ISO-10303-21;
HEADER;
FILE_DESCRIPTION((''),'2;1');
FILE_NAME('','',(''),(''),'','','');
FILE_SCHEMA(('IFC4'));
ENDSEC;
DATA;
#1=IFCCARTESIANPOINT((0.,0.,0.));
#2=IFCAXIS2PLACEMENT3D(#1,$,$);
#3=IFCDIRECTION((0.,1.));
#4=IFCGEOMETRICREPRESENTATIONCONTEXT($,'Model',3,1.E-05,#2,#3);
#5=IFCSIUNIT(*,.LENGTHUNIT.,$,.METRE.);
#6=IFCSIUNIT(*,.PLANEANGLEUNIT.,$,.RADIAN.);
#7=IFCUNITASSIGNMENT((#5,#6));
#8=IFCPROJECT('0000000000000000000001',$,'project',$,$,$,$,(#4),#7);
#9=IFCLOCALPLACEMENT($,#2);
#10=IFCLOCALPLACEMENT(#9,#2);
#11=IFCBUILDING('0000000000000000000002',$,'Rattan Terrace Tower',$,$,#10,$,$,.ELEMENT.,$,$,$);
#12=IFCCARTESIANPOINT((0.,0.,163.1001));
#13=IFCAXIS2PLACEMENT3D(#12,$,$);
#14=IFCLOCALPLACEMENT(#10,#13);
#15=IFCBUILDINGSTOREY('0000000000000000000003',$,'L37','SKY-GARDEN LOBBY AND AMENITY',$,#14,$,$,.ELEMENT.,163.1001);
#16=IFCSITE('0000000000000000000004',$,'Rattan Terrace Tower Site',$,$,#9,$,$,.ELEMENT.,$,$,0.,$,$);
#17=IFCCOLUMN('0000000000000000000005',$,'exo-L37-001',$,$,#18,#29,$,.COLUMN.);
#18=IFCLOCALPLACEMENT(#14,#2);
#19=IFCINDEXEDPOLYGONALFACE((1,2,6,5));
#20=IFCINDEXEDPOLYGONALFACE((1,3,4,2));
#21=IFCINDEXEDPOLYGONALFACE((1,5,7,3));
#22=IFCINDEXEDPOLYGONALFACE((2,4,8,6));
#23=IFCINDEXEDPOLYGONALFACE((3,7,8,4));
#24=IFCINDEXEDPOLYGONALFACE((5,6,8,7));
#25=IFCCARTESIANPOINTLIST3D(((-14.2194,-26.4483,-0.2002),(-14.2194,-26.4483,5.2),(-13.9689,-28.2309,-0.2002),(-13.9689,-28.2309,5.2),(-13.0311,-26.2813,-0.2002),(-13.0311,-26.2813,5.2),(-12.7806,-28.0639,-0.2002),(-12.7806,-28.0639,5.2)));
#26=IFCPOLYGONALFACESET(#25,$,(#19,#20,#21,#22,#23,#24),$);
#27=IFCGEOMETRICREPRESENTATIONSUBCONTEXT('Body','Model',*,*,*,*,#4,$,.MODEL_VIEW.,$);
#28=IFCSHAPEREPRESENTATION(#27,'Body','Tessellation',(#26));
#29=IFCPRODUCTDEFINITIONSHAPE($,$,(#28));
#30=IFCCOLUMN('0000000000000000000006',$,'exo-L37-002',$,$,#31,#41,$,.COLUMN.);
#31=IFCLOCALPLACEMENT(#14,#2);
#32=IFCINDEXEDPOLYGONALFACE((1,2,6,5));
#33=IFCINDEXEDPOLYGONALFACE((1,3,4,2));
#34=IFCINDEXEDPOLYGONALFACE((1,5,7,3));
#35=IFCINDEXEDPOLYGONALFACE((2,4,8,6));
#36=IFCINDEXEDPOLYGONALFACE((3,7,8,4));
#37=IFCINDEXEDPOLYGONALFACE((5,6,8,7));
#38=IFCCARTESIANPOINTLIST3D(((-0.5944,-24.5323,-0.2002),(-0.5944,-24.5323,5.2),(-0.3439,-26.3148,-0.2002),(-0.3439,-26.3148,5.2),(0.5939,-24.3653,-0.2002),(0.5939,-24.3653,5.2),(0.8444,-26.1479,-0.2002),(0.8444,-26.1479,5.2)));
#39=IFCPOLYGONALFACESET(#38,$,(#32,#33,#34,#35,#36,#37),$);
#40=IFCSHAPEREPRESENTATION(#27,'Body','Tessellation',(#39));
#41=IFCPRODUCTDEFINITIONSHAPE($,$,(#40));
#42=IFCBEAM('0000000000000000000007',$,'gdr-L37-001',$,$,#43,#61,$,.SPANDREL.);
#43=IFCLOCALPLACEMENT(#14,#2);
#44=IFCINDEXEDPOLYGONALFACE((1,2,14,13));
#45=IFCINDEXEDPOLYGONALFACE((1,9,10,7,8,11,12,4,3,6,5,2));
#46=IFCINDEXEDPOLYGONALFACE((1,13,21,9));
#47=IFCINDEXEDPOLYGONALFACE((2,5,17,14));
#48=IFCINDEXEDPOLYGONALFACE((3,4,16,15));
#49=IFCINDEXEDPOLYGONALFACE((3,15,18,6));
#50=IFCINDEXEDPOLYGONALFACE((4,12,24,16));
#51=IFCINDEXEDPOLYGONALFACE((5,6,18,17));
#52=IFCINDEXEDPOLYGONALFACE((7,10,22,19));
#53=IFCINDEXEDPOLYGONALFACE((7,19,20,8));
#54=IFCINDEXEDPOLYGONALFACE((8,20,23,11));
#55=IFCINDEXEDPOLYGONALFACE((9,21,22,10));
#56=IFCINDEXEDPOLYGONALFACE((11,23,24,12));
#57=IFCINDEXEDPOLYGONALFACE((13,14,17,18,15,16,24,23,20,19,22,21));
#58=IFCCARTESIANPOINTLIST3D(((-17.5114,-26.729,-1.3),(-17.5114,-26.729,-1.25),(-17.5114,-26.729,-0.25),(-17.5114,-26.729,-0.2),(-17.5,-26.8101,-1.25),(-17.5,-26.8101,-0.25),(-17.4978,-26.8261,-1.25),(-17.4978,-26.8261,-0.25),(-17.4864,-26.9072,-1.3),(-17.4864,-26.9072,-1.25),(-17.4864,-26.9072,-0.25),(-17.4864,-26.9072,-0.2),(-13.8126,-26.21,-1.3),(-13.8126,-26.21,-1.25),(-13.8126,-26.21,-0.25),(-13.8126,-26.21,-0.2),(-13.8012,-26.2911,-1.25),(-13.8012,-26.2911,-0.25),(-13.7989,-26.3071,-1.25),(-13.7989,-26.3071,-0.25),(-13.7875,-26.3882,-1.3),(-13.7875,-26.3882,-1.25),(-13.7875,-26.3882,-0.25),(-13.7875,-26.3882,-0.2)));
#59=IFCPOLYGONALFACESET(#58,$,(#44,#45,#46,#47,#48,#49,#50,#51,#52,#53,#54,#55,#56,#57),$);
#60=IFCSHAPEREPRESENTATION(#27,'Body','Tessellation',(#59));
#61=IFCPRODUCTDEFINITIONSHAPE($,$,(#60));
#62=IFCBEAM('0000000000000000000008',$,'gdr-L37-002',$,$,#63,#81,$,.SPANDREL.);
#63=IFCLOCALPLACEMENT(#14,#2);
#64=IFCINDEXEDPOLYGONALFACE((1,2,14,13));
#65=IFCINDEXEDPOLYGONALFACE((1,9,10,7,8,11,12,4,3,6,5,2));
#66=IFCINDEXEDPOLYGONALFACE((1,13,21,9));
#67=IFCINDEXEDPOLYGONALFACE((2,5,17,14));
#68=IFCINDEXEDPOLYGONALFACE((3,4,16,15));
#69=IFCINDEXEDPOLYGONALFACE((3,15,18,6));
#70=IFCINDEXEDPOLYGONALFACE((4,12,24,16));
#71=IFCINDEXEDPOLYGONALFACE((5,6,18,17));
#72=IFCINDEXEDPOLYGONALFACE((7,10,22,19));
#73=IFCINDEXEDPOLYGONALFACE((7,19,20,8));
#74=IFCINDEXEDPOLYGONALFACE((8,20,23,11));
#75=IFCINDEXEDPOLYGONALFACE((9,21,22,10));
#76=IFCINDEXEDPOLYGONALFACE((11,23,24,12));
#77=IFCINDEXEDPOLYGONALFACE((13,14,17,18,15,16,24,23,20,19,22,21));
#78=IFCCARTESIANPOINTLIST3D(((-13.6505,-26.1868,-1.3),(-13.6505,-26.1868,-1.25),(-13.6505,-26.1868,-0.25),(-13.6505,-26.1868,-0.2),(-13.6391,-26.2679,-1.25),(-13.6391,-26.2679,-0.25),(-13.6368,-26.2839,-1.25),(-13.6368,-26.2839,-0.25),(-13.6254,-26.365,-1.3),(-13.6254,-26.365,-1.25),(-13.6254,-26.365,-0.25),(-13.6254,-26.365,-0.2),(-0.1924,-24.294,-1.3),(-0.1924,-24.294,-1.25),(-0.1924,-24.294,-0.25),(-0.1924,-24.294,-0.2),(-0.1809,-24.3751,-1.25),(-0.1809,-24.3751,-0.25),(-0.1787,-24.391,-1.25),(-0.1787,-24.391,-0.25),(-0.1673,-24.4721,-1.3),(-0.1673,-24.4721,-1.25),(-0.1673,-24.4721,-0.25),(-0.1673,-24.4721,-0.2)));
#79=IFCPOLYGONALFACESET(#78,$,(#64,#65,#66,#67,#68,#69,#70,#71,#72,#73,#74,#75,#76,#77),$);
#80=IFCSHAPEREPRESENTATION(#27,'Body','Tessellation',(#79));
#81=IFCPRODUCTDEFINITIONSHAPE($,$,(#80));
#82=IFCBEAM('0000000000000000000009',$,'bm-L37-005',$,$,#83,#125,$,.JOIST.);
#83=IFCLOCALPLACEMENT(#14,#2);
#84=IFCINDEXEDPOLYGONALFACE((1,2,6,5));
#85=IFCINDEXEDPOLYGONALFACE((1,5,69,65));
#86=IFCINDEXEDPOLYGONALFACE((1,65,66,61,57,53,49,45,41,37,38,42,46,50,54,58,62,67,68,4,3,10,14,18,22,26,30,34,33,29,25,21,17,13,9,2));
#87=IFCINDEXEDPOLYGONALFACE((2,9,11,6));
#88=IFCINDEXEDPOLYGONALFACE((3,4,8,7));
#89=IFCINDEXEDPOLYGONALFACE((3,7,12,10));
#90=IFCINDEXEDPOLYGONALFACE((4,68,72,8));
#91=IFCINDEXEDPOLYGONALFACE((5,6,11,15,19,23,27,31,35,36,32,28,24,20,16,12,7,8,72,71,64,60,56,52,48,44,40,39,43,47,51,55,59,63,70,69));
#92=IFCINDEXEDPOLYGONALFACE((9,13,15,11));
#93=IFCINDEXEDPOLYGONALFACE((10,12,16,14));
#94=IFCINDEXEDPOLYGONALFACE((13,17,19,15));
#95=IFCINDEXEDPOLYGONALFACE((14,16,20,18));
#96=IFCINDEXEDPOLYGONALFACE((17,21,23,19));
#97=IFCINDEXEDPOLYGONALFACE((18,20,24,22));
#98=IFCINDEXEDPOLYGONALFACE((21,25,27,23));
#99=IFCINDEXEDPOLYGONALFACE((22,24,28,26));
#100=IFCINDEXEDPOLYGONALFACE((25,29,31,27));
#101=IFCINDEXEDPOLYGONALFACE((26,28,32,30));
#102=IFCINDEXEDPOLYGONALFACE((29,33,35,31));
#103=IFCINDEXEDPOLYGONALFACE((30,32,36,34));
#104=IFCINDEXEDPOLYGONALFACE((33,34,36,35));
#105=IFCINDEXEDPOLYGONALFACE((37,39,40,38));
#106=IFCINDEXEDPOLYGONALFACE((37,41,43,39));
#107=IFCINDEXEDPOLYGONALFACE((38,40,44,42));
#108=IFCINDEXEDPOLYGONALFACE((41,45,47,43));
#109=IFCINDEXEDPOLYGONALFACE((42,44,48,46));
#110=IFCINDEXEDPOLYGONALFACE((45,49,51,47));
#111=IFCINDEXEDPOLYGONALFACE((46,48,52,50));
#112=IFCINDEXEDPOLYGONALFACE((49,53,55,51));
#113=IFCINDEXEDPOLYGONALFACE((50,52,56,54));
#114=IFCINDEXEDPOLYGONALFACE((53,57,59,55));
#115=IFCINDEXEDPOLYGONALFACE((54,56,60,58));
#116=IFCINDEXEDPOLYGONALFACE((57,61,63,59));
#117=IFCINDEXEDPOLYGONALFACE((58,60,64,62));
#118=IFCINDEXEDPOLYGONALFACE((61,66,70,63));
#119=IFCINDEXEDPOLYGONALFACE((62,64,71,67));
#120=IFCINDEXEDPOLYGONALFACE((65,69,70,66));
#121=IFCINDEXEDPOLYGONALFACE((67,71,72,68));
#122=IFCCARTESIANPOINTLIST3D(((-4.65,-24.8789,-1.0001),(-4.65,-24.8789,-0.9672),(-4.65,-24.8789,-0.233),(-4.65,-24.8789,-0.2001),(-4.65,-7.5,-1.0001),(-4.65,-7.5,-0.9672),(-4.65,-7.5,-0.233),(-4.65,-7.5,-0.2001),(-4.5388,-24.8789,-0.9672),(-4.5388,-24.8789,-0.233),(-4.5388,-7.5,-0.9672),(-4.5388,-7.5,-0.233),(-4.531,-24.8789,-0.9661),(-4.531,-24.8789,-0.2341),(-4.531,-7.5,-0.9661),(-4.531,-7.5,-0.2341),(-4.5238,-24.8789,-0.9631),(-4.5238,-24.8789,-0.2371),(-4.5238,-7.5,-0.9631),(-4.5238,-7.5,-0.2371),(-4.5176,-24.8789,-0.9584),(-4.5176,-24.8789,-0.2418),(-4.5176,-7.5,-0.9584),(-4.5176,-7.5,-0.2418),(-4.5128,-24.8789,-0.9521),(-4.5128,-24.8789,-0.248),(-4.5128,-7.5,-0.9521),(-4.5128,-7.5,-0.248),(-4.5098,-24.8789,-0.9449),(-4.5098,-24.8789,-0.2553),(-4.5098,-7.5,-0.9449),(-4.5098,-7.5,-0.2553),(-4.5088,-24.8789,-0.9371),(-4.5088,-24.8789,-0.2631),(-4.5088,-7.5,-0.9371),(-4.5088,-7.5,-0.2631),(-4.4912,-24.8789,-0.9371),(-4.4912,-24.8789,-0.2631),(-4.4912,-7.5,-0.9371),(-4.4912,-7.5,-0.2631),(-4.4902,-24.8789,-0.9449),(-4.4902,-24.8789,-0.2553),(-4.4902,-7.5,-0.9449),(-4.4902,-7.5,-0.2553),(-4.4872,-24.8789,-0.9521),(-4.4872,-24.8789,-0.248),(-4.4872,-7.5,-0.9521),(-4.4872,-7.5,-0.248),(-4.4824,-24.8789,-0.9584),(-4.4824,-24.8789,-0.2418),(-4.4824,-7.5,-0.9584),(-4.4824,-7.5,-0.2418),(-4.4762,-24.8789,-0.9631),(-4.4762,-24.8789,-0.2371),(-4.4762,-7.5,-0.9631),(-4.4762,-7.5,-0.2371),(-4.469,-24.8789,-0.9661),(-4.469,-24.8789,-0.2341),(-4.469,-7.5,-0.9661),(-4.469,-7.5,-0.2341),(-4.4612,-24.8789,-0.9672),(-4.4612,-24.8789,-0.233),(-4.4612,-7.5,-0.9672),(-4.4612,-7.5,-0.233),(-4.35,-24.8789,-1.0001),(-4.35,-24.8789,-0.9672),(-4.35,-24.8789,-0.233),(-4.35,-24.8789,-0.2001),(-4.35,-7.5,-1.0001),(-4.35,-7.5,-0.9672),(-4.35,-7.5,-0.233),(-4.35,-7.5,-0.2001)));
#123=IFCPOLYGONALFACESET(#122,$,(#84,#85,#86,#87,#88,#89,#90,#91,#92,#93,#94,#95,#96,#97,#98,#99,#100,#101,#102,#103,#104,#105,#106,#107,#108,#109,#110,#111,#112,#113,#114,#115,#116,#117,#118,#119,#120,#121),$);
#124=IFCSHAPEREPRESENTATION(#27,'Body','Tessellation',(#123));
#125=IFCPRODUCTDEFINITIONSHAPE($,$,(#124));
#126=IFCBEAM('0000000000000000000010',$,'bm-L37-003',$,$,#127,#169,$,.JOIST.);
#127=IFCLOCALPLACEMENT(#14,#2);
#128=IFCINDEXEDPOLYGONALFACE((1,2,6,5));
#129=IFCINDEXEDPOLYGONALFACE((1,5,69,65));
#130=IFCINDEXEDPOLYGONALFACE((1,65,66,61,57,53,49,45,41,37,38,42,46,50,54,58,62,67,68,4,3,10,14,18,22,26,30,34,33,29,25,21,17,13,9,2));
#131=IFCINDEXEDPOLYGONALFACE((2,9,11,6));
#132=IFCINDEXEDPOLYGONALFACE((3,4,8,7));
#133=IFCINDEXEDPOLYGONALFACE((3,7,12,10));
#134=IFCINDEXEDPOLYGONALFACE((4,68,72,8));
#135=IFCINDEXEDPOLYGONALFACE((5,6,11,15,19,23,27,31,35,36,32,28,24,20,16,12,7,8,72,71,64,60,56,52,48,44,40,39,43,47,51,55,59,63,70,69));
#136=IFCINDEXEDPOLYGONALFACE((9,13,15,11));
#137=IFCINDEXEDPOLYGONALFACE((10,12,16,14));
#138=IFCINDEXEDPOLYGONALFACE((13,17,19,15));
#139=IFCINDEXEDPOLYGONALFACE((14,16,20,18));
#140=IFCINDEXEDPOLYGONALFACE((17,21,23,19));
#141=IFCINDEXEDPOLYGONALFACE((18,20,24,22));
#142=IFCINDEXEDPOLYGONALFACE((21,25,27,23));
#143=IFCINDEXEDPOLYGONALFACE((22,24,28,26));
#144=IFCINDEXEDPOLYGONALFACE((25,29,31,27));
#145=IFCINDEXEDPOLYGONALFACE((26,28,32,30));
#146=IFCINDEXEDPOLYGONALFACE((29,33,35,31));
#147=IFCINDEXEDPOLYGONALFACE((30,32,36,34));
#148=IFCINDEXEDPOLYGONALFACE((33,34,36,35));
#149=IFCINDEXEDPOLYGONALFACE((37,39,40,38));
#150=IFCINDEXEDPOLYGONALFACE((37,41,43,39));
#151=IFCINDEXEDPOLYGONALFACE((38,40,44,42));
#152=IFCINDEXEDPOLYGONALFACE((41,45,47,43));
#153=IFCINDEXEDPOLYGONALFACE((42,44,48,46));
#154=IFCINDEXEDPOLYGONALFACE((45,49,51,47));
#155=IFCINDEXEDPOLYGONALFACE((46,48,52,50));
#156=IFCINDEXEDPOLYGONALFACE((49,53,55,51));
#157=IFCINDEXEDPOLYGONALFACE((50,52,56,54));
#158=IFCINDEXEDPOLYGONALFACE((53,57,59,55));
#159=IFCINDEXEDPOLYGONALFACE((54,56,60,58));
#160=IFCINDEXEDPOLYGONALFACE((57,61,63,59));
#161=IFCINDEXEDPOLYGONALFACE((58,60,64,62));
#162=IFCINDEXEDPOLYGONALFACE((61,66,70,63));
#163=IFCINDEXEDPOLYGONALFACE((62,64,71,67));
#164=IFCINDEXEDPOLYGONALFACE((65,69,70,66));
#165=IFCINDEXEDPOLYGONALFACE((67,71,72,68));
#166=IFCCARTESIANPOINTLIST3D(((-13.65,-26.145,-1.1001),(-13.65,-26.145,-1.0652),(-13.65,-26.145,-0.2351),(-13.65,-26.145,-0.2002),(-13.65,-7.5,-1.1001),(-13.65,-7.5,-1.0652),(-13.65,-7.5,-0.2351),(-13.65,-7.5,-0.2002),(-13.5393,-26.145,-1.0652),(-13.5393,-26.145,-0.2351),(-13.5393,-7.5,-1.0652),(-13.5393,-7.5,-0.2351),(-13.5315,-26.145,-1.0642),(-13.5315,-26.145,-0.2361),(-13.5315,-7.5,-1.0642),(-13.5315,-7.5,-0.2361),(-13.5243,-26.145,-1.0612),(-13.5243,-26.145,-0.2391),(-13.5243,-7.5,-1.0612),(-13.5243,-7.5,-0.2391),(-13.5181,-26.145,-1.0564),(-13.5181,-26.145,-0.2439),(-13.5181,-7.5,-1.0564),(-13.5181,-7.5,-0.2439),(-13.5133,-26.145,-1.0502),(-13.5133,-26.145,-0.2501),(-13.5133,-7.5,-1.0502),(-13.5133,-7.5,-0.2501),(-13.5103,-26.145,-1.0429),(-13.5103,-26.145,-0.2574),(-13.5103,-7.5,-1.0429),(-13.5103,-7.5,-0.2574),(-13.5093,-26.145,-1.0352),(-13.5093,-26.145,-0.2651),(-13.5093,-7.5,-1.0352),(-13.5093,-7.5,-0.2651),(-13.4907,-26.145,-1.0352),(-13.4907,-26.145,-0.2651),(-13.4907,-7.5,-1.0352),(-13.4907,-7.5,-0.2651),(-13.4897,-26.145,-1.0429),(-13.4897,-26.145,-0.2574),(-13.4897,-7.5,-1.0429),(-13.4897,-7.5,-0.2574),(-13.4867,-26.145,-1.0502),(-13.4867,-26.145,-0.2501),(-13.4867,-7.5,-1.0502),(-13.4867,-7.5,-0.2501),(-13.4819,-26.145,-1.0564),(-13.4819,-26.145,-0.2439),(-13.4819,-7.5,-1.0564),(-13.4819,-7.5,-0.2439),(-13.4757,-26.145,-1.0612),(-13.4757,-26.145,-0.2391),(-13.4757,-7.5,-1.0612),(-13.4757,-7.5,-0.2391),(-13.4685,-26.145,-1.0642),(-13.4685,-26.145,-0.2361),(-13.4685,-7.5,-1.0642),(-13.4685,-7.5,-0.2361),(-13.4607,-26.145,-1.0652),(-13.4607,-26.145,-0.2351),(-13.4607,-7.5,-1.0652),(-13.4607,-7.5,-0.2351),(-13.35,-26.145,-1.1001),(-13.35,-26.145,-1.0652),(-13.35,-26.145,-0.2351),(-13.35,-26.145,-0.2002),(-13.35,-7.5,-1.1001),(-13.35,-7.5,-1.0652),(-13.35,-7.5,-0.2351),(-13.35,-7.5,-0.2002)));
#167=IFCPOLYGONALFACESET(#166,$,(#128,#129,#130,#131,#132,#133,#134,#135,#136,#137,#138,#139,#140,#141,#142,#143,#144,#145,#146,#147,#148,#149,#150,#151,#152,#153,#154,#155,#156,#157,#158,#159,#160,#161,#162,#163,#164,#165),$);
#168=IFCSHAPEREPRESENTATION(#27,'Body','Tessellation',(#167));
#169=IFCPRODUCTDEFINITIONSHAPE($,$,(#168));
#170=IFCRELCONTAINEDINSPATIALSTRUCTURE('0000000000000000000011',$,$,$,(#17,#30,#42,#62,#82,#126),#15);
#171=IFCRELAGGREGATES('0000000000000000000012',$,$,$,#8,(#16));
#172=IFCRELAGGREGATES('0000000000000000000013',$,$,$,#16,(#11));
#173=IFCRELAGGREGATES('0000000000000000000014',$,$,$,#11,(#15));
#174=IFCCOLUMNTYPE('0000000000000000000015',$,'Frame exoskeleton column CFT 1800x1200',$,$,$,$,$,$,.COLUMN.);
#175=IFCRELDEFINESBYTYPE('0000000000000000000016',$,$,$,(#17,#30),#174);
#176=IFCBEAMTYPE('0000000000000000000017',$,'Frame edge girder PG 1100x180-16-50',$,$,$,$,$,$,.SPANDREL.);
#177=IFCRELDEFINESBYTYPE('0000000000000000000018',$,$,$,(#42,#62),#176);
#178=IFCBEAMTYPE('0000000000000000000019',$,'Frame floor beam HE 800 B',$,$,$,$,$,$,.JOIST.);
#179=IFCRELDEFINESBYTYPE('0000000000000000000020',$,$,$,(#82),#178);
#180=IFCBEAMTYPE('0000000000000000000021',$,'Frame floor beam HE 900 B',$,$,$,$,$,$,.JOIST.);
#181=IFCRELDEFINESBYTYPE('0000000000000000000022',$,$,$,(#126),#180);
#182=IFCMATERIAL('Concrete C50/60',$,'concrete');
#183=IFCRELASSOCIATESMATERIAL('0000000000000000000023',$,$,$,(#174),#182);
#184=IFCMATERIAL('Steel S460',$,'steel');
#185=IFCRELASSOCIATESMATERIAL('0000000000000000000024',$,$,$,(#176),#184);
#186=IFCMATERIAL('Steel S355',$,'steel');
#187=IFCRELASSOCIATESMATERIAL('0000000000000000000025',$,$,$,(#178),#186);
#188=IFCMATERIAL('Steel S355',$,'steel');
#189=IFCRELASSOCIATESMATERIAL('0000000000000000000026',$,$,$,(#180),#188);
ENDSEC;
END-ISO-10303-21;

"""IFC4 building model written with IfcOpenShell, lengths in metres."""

from ifc_helpers import new_model, si_unit, direction, frame, origin, origin_2d, place, context, subcontext, project, spatial, rectangle, i_section, extrude, material, material_profile, profile_set, type_object, element, save


model = new_model("IFC4")

# Units and contexts
model_context = context("Model", 3, precision=1e-05, world=origin(), true_north=direction((0.0, 1.0)))
body_context = subcontext(model_context, "Body", "Model", "MODEL_VIEW")
ifc_project = project(units=[si_unit("LENGTHUNIT", "METRE"), si_unit("PLANEANGLEUNIT", "RADIAN")], contexts=[model_context])

# Site, building, storey
site_placement = place(None, origin())
site = spatial("IfcSite", under=ifc_project, at=site_placement, Name="Rattan Terrace Tower Site", CompositionType="ELEMENT", RefElevation=0.0)
building_placement = place(site_placement, origin())
building = spatial("IfcBuilding", under=site, at=building_placement, Name="Rattan Terrace Tower", CompositionType="ELEMENT")
storey_placement = place(building_placement, frame((0.0, 0.0, 163.1001)))
storey = spatial("IfcBuildingStorey", under=building, at=storey_placement, Name="L37", Description="SKY-GARDEN LOBBY AND AMENITY", CompositionType="ELEMENT", Elevation=163.1001)

# Columns
ifc_material_1 = material(Name="Concrete C50/60", Category="concrete")
ifc_material_profile_1 = material_profile(ifc_material_1, rectangle(XDim=1.2, YDim=1.8, at=origin_2d()), Name="CFT 1800x1200")
ifc_profile_set_1 = profile_set([ifc_material_profile_1], Name="Concrete C50/60")
column_type = type_object("IfcColumnType", Name="Frame exoskeleton column CFT 1800x1200", PredefinedType="COLUMN", material=ifc_profile_set_1)
for number, where, z_axis, x_axis, name in (
    (1, (-13.5, -27.2561, -0.2002), (0.0, 0.0, 1.0), (0.99027, 0.139156, 0.0), "exo-L37-001"),
    (2, (0.125, -25.3401, -0.2002), (0.0, 0.0, 1.0), (0.99027, 0.139156, 0.0), "exo-L37-002"),
):
    element("IfcColumn", number, at=place(storey_placement, frame(where, z_axis=z_axis, x_axis=x_axis)), inside=storey, type_object=column_type, Name=name, PredefinedType="COLUMN", context=body_context, shape_type="SweptSolid", body=[
        extrude(rectangle(XDim=1.2, YDim=1.8, at=origin_2d()), origin(), (0.0, 0.0, 1.0), 5.4001),
    ])

# Beams
ifc_material_2 = material(Name="Steel S460", Category="steel")
ifc_material_profile_2 = material_profile(ifc_material_2, i_section(OverallWidth=0.1799, OverallDepth=1.1001, WebThickness=0.0161, FlangeThickness=0.05, at=origin_2d()), Name="PG 1100x180-16-50")
ifc_profile_set_2 = profile_set([ifc_material_profile_2], Name="Steel S460")
beam_type_1 = type_object("IfcBeamType", Name="Frame edge girder PG 1100x180-16-50", PredefinedType="SPANDREL", material=ifc_profile_set_2)
beam_1_placement = place(storey_placement, frame((-13.8, -26.2991, -0.75), z_axis=(-0.990298, -0.138959, 0.0), x_axis=(0.138959, -0.990298, 0.0)))
element("IfcBeam", 3, at=beam_1_placement, inside=storey, type_object=beam_type_1, Name="gdr-L37-001", PredefinedType="SPANDREL", context=body_context, shape_type="SweptSolid", body=[
    extrude(i_section(OverallWidth=0.1799, OverallDepth=1.1001, WebThickness=0.0161, FlangeThickness=0.05, at=origin_2d()), origin(), (0.0, 0.0, 1.0), 3.7351),
])
beam_2_placement = place(storey_placement, frame((-13.6379, -26.2759, -0.75), z_axis=(0.990254, 0.139276, 0.0), x_axis=(-0.139276, 0.990254, 0.0)))
element("IfcBeam", 4, at=beam_2_placement, inside=storey, type_object=beam_type_1, Name="gdr-L37-002", PredefinedType="SPANDREL", context=body_context, shape_type="SweptSolid", body=[
    extrude(i_section(OverallWidth=0.1799, OverallDepth=1.1001, WebThickness=0.0161, FlangeThickness=0.05, at=origin_2d()), origin(), (0.0, 0.0, 1.0), 13.5906),
])
ifc_material_3 = material(Name="Steel S355", Category="steel")
ifc_material_profile_3 = material_profile(ifc_material_3, i_section(OverallWidth=0.3, OverallDepth=0.8, WebThickness=0.0176, FlangeThickness=0.033, FilletRadius=0.03, at=origin_2d()), Name="HE 800 B")
ifc_profile_set_3 = profile_set([ifc_material_profile_3], Name="Steel S355")
beam_type_2 = type_object("IfcBeamType", Name="Frame floor beam HE 800 B", PredefinedType="JOIST", material=ifc_profile_set_3)
beam_3_placement = place(storey_placement, frame((-4.5, -24.8789, -0.6001), z_axis=(0.0, 1.0, 0.0), x_axis=(-1.0, 0.0, 0.0)))
element("IfcBeam", 5, at=beam_3_placement, inside=storey, type_object=beam_type_2, Name="bm-L37-005", PredefinedType="JOIST", context=body_context, shape_type="SweptSolid", body=[
    extrude(i_section(OverallWidth=0.3, OverallDepth=0.8, WebThickness=0.0176, FlangeThickness=0.033, FilletRadius=0.03, at=origin_2d()), origin(), (0.0, 0.0, 1.0), 17.3789),
])
ifc_material_4 = material(Name="Steel S355", Category="steel")
ifc_material_profile_4 = material_profile(ifc_material_4, i_section(OverallWidth=0.3, OverallDepth=0.8999, WebThickness=0.0186, FlangeThickness=0.0349, FilletRadius=0.03, at=origin_2d()), Name="HE 900 B")
ifc_profile_set_4 = profile_set([ifc_material_profile_4], Name="Steel S355")
beam_type_3 = type_object("IfcBeamType", Name="Frame floor beam HE 900 B", PredefinedType="JOIST", material=ifc_profile_set_4)
beam_4_placement = place(storey_placement, frame((-13.5, -26.145, -0.6501), z_axis=(0.0, 1.0, 0.0), x_axis=(-1.0, 0.0, 0.0)))
element("IfcBeam", 6, at=beam_4_placement, inside=storey, type_object=beam_type_3, Name="bm-L37-003", PredefinedType="JOIST", context=body_context, shape_type="SweptSolid", body=[
    extrude(i_section(OverallWidth=0.3, OverallDepth=0.8999, WebThickness=0.0186, FlangeThickness=0.0349, FilletRadius=0.03, at=origin_2d()), origin(), (0.0, 0.0, 1.0), 18.645),
])

save(model, "model.ifc")
